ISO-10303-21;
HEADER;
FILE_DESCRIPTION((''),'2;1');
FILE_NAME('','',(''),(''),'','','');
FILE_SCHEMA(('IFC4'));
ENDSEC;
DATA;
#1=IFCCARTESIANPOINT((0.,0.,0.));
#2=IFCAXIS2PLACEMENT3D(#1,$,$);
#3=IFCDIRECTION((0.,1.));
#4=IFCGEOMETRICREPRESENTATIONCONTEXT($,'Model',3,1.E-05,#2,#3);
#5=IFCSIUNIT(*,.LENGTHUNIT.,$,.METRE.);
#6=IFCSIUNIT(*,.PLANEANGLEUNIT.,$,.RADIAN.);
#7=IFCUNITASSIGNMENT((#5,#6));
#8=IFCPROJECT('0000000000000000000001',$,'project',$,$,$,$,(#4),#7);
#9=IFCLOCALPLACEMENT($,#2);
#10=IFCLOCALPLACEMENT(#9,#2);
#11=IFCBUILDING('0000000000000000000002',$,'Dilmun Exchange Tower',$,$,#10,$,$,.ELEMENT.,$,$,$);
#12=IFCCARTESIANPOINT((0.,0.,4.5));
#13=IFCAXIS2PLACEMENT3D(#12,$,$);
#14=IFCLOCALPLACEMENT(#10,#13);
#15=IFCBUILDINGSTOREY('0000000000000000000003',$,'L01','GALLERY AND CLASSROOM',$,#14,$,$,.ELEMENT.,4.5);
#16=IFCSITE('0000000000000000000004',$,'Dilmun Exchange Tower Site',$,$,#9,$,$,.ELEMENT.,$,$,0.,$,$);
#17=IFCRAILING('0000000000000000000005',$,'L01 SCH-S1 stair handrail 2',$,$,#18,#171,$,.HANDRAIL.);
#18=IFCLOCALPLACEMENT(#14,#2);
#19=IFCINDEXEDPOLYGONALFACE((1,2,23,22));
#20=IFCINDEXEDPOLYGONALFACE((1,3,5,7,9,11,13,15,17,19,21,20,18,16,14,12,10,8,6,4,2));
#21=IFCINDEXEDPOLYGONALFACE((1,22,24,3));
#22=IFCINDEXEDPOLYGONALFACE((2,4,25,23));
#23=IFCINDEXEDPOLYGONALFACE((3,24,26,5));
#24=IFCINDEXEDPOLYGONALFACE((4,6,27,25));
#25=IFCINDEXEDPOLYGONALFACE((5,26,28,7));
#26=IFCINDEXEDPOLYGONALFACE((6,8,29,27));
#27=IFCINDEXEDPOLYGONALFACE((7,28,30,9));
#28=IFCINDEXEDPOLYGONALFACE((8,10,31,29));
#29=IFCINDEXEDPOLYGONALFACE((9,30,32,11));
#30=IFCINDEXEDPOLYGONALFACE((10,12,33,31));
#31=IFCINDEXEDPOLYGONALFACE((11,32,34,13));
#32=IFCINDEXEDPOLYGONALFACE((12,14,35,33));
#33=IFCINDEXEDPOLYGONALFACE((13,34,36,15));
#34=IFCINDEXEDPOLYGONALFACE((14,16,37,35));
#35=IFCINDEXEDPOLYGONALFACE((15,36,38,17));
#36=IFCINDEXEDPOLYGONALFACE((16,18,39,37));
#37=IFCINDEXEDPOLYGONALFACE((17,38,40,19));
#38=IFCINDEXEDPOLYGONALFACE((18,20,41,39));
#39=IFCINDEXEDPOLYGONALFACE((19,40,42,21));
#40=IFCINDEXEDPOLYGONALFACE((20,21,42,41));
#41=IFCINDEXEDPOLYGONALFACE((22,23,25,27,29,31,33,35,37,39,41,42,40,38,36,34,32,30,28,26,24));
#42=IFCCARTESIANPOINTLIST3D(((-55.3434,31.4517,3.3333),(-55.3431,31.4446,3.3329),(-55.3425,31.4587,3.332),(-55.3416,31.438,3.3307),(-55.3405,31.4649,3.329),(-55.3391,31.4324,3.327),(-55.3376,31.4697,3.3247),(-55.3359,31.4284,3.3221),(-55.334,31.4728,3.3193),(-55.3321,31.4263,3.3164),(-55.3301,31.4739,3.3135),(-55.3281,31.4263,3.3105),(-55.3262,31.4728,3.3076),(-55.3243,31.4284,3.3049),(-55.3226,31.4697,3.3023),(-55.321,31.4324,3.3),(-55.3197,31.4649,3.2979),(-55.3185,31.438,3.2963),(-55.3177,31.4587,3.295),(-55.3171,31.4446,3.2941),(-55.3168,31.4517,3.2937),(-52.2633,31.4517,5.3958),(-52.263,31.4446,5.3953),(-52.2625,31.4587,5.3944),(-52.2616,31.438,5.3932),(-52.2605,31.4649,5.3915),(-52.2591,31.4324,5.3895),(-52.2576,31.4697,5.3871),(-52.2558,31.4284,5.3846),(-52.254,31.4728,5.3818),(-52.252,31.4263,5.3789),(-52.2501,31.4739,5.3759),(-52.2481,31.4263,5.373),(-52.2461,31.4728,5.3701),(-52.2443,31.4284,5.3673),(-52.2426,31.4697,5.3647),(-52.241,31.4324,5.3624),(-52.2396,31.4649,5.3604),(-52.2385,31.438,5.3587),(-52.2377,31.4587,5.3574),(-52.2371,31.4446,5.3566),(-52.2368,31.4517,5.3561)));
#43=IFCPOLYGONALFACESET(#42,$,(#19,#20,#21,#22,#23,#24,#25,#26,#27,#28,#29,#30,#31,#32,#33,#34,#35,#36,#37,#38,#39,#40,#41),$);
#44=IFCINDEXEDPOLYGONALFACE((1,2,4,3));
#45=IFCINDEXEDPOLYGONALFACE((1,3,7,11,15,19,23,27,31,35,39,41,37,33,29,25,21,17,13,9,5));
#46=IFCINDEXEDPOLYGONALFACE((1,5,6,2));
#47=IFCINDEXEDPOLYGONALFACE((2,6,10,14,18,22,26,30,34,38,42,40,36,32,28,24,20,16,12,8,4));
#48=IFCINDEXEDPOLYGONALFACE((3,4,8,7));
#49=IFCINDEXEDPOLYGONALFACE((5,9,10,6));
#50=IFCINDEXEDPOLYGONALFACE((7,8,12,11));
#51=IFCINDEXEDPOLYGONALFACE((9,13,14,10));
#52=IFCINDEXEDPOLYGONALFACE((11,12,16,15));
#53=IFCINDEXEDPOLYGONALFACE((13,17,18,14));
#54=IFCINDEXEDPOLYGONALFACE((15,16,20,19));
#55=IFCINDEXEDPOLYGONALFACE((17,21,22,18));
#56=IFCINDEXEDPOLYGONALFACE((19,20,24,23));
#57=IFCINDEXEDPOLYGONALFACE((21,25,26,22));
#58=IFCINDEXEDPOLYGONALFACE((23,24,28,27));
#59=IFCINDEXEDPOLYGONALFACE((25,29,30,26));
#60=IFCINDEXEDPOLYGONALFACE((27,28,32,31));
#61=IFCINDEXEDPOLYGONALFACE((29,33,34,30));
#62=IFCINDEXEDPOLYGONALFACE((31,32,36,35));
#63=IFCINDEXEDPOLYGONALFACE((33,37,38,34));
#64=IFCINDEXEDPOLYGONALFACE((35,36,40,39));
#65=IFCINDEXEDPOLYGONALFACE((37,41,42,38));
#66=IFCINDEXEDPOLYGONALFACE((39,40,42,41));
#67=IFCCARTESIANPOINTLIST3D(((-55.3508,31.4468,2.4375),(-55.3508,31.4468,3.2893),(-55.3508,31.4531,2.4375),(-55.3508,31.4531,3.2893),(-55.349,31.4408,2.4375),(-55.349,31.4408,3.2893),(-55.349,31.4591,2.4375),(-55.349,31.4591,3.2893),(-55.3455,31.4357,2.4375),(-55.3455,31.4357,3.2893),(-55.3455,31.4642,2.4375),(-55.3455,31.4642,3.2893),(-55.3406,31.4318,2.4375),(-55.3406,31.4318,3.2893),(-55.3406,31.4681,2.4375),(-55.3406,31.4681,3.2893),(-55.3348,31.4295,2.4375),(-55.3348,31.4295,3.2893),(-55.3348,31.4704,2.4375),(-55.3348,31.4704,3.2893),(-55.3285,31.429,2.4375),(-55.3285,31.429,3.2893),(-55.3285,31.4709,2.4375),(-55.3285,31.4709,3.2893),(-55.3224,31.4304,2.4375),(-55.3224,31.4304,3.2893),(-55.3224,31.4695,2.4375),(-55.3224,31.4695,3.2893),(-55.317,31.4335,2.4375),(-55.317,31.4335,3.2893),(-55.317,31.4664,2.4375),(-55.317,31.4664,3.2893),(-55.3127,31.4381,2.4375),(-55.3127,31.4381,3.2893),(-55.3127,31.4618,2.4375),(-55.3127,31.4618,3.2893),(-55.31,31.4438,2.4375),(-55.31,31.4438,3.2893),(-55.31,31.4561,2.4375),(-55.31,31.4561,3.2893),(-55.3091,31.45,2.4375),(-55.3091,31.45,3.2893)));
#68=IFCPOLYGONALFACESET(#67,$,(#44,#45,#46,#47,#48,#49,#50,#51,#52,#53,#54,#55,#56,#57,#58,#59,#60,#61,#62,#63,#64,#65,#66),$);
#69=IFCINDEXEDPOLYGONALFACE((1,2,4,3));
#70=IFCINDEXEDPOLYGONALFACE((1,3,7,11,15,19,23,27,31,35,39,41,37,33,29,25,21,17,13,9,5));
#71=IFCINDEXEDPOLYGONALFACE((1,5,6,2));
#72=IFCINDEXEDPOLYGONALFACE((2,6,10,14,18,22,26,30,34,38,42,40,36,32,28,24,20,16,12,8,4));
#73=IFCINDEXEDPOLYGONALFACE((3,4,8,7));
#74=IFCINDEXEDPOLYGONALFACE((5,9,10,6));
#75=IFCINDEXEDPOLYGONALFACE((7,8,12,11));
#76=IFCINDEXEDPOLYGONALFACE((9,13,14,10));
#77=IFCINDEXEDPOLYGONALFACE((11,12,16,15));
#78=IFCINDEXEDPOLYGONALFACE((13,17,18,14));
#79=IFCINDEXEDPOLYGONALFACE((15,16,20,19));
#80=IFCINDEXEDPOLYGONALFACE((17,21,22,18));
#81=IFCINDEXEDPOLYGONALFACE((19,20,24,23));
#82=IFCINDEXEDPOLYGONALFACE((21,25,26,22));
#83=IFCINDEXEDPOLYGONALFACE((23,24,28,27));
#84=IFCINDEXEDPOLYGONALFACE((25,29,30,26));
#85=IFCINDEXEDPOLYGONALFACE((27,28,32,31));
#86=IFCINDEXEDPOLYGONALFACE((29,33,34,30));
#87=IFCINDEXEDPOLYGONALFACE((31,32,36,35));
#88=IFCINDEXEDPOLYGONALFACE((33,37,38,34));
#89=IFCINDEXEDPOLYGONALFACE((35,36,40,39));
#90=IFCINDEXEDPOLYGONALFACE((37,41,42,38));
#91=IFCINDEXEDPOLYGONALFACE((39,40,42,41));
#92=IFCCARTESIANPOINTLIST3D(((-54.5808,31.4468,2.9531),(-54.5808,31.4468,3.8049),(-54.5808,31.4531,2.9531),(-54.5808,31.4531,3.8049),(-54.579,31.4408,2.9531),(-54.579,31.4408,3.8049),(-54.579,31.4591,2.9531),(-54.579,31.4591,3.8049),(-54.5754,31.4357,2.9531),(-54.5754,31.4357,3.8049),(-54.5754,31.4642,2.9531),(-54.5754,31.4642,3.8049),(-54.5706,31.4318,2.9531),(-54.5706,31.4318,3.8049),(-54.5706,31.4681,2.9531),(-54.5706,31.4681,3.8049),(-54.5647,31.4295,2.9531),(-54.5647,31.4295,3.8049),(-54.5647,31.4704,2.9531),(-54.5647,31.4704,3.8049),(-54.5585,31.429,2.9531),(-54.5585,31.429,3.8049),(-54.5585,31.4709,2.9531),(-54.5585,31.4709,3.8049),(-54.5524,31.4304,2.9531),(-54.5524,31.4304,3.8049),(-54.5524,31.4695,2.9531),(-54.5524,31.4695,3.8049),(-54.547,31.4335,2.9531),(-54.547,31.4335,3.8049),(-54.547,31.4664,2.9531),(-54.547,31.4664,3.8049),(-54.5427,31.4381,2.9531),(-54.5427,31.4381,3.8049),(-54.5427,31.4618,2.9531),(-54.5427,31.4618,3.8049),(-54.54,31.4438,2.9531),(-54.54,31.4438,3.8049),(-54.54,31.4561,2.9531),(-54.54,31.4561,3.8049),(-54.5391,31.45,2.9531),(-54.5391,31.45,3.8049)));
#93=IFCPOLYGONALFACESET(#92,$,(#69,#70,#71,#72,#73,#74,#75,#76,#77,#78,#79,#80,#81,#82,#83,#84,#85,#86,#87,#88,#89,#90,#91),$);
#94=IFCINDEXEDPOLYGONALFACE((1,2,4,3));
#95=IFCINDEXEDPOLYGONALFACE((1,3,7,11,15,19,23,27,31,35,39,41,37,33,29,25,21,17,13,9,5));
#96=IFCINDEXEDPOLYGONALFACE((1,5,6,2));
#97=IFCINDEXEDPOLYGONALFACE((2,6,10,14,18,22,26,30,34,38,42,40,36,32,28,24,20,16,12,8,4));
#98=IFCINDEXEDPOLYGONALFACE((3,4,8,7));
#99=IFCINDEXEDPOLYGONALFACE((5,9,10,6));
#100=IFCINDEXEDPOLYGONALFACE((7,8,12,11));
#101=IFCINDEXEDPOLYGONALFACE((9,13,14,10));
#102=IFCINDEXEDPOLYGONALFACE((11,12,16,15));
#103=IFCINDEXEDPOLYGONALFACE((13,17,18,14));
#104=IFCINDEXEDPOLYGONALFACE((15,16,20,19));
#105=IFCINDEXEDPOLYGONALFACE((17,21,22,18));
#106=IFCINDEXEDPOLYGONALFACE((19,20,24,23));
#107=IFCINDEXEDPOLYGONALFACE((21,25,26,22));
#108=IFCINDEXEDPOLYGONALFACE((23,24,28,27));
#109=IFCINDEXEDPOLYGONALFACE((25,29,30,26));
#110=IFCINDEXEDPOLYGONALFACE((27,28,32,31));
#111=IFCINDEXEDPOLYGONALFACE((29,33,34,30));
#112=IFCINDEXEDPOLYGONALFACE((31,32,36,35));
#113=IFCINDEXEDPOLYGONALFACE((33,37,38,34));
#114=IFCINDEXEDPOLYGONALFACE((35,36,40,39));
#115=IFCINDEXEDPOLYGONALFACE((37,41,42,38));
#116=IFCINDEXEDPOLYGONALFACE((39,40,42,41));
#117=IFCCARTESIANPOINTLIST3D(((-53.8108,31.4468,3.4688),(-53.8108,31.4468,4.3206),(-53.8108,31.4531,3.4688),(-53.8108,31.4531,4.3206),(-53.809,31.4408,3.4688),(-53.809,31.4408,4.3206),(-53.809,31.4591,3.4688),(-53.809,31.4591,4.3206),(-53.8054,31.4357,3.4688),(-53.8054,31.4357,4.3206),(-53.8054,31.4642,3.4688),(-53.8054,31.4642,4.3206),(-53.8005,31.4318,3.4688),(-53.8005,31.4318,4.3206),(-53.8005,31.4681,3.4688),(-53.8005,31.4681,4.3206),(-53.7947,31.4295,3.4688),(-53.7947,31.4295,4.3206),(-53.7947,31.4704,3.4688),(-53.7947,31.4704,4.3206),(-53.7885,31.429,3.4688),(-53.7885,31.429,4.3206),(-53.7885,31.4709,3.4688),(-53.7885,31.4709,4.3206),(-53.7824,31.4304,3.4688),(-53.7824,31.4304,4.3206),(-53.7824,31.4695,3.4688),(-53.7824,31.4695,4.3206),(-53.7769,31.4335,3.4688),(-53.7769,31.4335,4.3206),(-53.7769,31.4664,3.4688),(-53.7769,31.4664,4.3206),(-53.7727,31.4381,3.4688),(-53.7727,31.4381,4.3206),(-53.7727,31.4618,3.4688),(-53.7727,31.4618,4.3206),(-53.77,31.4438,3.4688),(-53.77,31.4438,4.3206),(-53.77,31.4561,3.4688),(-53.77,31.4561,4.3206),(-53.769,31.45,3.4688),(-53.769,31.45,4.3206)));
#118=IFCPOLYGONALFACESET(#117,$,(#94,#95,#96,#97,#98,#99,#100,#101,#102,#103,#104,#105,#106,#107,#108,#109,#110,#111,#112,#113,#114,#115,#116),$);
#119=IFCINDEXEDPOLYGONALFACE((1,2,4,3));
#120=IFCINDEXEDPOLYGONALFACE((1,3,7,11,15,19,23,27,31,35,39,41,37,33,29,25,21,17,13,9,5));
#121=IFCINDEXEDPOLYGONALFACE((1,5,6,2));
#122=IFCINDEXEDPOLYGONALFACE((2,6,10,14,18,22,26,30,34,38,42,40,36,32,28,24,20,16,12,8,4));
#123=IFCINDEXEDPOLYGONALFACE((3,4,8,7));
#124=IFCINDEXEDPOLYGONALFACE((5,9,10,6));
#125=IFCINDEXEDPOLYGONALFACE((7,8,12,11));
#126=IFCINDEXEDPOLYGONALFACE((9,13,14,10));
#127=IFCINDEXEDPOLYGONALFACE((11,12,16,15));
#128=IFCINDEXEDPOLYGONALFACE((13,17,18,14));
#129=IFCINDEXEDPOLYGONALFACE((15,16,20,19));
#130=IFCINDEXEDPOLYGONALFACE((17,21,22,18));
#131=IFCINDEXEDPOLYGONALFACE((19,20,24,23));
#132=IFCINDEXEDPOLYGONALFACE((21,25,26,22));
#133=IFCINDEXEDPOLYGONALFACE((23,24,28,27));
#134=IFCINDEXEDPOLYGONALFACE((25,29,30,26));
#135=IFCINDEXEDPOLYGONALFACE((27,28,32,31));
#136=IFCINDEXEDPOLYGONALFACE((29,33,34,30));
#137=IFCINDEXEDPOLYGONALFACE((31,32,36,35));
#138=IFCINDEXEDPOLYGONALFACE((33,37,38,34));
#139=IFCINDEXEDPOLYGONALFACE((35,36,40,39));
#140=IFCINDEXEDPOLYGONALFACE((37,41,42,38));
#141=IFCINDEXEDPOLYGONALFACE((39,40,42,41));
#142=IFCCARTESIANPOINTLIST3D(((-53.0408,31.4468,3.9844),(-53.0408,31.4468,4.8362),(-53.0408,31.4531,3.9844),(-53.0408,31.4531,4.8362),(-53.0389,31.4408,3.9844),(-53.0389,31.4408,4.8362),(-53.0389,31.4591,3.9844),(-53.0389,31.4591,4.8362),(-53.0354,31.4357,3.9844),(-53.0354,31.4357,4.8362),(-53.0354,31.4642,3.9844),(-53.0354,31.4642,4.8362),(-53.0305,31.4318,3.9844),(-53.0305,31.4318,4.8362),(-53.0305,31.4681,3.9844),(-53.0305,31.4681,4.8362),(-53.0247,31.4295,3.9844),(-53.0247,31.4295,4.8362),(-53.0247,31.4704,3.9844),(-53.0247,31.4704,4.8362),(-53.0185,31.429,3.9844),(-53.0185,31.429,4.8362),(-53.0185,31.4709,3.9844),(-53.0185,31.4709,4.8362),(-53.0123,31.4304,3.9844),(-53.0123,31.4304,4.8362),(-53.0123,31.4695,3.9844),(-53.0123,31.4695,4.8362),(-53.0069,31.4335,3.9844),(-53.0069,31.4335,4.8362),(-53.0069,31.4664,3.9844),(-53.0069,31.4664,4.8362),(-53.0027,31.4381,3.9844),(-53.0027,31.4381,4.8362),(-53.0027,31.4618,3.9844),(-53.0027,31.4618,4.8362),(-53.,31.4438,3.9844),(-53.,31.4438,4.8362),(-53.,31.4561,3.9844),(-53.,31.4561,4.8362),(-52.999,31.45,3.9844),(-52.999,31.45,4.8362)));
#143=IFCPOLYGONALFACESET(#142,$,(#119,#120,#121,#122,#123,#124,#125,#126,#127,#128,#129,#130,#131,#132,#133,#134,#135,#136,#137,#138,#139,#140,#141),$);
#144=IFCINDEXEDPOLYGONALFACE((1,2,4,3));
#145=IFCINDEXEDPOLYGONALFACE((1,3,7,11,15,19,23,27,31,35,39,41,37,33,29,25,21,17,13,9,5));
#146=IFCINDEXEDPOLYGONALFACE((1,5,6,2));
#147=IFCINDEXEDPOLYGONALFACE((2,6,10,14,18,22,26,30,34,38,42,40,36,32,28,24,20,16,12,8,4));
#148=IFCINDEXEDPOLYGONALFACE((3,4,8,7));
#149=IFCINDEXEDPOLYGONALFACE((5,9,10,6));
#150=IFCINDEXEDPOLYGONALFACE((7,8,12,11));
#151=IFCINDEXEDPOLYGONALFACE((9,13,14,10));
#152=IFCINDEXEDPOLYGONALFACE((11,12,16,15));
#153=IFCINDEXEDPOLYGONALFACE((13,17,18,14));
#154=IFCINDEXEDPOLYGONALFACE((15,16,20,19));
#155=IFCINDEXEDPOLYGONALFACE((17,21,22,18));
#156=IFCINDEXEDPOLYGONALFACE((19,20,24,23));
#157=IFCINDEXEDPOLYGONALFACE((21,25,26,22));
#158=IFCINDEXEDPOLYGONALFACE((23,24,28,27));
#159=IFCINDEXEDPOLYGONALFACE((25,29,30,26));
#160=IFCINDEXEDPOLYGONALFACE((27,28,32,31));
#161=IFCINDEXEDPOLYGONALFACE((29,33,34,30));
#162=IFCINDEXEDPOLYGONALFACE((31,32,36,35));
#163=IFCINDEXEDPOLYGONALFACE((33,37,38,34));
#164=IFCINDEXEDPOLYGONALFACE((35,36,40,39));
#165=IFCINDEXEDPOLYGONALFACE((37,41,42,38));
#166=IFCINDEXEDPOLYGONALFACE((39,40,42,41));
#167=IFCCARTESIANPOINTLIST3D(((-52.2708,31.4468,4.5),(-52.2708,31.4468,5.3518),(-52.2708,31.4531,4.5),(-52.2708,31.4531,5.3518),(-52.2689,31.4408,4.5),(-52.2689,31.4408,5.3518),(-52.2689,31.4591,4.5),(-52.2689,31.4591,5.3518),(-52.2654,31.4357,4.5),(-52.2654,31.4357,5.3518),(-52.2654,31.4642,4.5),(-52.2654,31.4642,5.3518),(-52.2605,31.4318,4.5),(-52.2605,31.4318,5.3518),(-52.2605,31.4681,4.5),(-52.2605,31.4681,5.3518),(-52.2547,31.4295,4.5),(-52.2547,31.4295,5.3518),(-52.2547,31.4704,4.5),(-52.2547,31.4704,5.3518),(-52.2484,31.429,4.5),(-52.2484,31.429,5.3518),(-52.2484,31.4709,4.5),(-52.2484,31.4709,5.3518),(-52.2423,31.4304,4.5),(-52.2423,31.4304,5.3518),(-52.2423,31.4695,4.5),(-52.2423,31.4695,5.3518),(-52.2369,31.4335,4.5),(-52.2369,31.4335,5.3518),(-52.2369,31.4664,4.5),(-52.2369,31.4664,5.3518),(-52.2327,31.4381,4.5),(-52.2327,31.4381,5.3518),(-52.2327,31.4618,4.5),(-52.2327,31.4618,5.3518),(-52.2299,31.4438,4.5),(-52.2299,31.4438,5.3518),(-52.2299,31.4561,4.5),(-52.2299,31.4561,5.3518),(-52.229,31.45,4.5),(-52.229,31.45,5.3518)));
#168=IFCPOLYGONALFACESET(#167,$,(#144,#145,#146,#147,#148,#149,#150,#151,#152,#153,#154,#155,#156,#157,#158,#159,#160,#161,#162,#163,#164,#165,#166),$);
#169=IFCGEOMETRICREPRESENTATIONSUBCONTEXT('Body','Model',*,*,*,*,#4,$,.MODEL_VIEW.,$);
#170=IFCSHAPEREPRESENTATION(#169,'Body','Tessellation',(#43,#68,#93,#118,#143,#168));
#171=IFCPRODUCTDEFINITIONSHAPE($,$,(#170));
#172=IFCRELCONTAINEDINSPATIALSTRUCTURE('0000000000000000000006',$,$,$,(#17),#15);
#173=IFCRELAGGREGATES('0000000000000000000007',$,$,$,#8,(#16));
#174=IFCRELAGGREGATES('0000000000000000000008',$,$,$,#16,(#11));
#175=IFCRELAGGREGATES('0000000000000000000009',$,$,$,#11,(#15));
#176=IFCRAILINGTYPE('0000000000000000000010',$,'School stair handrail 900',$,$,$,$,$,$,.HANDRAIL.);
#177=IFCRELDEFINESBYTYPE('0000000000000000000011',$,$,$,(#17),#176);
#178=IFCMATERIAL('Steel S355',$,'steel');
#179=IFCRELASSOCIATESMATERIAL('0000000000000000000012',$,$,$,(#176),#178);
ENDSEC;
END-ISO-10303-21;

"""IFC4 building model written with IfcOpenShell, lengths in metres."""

from ifc_helpers import new_model, si_unit, direction, frame, origin, origin_2d, place, context, subcontext, project, spatial, circle, extrude, material, type_object, element, save


model = new_model("IFC4")

# Units and contexts
model_context = context("Model", 3, precision=1e-05, world=origin(), true_north=direction((0.0, 1.0)))
body_context = subcontext(model_context, "Body", "Model", "MODEL_VIEW")
ifc_project = project(units=[si_unit("LENGTHUNIT", "METRE"), si_unit("PLANEANGLEUNIT", "RADIAN")], contexts=[model_context])

# Site, building, storey
site_placement = place(None, origin())
site = spatial("IfcSite", under=ifc_project, at=site_placement, Name="Dilmun Exchange Tower Site", CompositionType="ELEMENT", RefElevation=0.0)
building_placement = place(site_placement, origin())
building = spatial("IfcBuilding", under=site, at=building_placement, Name="Dilmun Exchange Tower", CompositionType="ELEMENT")
storey_placement = place(building_placement, frame((0.0, 0.0, 4.5)))
storey = spatial("IfcBuildingStorey", under=building, at=storey_placement, Name="L01", Description="GALLERY AND CLASSROOM", CompositionType="ELEMENT", Elevation=4.5)

# Railing
ifc_material_1 = material(Name="Steel S355", Category="steel")
railing_type_1 = type_object("IfcRailingType", Name="School stair handrail 900", PredefinedType="HANDRAIL", material=ifc_material_1)
railing_1_placement = place(storey_placement, frame((-55.3301, 31.45, 2.4375)))
element("IfcRailing", 1, at=railing_1_placement, inside=storey, type_object=railing_type_1, Name="L01 SCH-S1 stair handrail 2", PredefinedType="HANDRAIL", context=body_context, shape_type="SweptSolid", body=[
    extrude(circle(Radius=0.0239, at=origin_2d()), frame((0.0, 0.0, 0.876), z_axis=(0.830914, 0.0, 0.556401), x_axis=(0.0, 1.0, 0.0)), (0.0, 0.0, 1.0), 3.7068),
    extrude(circle(Radius=0.021, at=origin_2d()), origin(), (0.0, 0.0, 1.0), 0.8518),
    extrude(circle(Radius=0.021, at=origin_2d()), frame((0.77, 0.0, 0.5156)), (0.0, 0.0, 1.0), 0.8518),
    extrude(circle(Radius=0.021, at=origin_2d()), frame((1.54, 0.0, 1.0312)), (0.0, 0.0, 1.0), 0.8518),
    extrude(circle(Radius=0.021, at=origin_2d()), frame((2.3101, 0.0, 1.5469)), (0.0, 0.0, 1.0), 0.8518),
    extrude(circle(Radius=0.021, at=origin_2d()), frame((3.0801, 0.0, 2.0625)), (0.0, 0.0, 1.0), 0.8518),
])

save(model, "model.ifc")
